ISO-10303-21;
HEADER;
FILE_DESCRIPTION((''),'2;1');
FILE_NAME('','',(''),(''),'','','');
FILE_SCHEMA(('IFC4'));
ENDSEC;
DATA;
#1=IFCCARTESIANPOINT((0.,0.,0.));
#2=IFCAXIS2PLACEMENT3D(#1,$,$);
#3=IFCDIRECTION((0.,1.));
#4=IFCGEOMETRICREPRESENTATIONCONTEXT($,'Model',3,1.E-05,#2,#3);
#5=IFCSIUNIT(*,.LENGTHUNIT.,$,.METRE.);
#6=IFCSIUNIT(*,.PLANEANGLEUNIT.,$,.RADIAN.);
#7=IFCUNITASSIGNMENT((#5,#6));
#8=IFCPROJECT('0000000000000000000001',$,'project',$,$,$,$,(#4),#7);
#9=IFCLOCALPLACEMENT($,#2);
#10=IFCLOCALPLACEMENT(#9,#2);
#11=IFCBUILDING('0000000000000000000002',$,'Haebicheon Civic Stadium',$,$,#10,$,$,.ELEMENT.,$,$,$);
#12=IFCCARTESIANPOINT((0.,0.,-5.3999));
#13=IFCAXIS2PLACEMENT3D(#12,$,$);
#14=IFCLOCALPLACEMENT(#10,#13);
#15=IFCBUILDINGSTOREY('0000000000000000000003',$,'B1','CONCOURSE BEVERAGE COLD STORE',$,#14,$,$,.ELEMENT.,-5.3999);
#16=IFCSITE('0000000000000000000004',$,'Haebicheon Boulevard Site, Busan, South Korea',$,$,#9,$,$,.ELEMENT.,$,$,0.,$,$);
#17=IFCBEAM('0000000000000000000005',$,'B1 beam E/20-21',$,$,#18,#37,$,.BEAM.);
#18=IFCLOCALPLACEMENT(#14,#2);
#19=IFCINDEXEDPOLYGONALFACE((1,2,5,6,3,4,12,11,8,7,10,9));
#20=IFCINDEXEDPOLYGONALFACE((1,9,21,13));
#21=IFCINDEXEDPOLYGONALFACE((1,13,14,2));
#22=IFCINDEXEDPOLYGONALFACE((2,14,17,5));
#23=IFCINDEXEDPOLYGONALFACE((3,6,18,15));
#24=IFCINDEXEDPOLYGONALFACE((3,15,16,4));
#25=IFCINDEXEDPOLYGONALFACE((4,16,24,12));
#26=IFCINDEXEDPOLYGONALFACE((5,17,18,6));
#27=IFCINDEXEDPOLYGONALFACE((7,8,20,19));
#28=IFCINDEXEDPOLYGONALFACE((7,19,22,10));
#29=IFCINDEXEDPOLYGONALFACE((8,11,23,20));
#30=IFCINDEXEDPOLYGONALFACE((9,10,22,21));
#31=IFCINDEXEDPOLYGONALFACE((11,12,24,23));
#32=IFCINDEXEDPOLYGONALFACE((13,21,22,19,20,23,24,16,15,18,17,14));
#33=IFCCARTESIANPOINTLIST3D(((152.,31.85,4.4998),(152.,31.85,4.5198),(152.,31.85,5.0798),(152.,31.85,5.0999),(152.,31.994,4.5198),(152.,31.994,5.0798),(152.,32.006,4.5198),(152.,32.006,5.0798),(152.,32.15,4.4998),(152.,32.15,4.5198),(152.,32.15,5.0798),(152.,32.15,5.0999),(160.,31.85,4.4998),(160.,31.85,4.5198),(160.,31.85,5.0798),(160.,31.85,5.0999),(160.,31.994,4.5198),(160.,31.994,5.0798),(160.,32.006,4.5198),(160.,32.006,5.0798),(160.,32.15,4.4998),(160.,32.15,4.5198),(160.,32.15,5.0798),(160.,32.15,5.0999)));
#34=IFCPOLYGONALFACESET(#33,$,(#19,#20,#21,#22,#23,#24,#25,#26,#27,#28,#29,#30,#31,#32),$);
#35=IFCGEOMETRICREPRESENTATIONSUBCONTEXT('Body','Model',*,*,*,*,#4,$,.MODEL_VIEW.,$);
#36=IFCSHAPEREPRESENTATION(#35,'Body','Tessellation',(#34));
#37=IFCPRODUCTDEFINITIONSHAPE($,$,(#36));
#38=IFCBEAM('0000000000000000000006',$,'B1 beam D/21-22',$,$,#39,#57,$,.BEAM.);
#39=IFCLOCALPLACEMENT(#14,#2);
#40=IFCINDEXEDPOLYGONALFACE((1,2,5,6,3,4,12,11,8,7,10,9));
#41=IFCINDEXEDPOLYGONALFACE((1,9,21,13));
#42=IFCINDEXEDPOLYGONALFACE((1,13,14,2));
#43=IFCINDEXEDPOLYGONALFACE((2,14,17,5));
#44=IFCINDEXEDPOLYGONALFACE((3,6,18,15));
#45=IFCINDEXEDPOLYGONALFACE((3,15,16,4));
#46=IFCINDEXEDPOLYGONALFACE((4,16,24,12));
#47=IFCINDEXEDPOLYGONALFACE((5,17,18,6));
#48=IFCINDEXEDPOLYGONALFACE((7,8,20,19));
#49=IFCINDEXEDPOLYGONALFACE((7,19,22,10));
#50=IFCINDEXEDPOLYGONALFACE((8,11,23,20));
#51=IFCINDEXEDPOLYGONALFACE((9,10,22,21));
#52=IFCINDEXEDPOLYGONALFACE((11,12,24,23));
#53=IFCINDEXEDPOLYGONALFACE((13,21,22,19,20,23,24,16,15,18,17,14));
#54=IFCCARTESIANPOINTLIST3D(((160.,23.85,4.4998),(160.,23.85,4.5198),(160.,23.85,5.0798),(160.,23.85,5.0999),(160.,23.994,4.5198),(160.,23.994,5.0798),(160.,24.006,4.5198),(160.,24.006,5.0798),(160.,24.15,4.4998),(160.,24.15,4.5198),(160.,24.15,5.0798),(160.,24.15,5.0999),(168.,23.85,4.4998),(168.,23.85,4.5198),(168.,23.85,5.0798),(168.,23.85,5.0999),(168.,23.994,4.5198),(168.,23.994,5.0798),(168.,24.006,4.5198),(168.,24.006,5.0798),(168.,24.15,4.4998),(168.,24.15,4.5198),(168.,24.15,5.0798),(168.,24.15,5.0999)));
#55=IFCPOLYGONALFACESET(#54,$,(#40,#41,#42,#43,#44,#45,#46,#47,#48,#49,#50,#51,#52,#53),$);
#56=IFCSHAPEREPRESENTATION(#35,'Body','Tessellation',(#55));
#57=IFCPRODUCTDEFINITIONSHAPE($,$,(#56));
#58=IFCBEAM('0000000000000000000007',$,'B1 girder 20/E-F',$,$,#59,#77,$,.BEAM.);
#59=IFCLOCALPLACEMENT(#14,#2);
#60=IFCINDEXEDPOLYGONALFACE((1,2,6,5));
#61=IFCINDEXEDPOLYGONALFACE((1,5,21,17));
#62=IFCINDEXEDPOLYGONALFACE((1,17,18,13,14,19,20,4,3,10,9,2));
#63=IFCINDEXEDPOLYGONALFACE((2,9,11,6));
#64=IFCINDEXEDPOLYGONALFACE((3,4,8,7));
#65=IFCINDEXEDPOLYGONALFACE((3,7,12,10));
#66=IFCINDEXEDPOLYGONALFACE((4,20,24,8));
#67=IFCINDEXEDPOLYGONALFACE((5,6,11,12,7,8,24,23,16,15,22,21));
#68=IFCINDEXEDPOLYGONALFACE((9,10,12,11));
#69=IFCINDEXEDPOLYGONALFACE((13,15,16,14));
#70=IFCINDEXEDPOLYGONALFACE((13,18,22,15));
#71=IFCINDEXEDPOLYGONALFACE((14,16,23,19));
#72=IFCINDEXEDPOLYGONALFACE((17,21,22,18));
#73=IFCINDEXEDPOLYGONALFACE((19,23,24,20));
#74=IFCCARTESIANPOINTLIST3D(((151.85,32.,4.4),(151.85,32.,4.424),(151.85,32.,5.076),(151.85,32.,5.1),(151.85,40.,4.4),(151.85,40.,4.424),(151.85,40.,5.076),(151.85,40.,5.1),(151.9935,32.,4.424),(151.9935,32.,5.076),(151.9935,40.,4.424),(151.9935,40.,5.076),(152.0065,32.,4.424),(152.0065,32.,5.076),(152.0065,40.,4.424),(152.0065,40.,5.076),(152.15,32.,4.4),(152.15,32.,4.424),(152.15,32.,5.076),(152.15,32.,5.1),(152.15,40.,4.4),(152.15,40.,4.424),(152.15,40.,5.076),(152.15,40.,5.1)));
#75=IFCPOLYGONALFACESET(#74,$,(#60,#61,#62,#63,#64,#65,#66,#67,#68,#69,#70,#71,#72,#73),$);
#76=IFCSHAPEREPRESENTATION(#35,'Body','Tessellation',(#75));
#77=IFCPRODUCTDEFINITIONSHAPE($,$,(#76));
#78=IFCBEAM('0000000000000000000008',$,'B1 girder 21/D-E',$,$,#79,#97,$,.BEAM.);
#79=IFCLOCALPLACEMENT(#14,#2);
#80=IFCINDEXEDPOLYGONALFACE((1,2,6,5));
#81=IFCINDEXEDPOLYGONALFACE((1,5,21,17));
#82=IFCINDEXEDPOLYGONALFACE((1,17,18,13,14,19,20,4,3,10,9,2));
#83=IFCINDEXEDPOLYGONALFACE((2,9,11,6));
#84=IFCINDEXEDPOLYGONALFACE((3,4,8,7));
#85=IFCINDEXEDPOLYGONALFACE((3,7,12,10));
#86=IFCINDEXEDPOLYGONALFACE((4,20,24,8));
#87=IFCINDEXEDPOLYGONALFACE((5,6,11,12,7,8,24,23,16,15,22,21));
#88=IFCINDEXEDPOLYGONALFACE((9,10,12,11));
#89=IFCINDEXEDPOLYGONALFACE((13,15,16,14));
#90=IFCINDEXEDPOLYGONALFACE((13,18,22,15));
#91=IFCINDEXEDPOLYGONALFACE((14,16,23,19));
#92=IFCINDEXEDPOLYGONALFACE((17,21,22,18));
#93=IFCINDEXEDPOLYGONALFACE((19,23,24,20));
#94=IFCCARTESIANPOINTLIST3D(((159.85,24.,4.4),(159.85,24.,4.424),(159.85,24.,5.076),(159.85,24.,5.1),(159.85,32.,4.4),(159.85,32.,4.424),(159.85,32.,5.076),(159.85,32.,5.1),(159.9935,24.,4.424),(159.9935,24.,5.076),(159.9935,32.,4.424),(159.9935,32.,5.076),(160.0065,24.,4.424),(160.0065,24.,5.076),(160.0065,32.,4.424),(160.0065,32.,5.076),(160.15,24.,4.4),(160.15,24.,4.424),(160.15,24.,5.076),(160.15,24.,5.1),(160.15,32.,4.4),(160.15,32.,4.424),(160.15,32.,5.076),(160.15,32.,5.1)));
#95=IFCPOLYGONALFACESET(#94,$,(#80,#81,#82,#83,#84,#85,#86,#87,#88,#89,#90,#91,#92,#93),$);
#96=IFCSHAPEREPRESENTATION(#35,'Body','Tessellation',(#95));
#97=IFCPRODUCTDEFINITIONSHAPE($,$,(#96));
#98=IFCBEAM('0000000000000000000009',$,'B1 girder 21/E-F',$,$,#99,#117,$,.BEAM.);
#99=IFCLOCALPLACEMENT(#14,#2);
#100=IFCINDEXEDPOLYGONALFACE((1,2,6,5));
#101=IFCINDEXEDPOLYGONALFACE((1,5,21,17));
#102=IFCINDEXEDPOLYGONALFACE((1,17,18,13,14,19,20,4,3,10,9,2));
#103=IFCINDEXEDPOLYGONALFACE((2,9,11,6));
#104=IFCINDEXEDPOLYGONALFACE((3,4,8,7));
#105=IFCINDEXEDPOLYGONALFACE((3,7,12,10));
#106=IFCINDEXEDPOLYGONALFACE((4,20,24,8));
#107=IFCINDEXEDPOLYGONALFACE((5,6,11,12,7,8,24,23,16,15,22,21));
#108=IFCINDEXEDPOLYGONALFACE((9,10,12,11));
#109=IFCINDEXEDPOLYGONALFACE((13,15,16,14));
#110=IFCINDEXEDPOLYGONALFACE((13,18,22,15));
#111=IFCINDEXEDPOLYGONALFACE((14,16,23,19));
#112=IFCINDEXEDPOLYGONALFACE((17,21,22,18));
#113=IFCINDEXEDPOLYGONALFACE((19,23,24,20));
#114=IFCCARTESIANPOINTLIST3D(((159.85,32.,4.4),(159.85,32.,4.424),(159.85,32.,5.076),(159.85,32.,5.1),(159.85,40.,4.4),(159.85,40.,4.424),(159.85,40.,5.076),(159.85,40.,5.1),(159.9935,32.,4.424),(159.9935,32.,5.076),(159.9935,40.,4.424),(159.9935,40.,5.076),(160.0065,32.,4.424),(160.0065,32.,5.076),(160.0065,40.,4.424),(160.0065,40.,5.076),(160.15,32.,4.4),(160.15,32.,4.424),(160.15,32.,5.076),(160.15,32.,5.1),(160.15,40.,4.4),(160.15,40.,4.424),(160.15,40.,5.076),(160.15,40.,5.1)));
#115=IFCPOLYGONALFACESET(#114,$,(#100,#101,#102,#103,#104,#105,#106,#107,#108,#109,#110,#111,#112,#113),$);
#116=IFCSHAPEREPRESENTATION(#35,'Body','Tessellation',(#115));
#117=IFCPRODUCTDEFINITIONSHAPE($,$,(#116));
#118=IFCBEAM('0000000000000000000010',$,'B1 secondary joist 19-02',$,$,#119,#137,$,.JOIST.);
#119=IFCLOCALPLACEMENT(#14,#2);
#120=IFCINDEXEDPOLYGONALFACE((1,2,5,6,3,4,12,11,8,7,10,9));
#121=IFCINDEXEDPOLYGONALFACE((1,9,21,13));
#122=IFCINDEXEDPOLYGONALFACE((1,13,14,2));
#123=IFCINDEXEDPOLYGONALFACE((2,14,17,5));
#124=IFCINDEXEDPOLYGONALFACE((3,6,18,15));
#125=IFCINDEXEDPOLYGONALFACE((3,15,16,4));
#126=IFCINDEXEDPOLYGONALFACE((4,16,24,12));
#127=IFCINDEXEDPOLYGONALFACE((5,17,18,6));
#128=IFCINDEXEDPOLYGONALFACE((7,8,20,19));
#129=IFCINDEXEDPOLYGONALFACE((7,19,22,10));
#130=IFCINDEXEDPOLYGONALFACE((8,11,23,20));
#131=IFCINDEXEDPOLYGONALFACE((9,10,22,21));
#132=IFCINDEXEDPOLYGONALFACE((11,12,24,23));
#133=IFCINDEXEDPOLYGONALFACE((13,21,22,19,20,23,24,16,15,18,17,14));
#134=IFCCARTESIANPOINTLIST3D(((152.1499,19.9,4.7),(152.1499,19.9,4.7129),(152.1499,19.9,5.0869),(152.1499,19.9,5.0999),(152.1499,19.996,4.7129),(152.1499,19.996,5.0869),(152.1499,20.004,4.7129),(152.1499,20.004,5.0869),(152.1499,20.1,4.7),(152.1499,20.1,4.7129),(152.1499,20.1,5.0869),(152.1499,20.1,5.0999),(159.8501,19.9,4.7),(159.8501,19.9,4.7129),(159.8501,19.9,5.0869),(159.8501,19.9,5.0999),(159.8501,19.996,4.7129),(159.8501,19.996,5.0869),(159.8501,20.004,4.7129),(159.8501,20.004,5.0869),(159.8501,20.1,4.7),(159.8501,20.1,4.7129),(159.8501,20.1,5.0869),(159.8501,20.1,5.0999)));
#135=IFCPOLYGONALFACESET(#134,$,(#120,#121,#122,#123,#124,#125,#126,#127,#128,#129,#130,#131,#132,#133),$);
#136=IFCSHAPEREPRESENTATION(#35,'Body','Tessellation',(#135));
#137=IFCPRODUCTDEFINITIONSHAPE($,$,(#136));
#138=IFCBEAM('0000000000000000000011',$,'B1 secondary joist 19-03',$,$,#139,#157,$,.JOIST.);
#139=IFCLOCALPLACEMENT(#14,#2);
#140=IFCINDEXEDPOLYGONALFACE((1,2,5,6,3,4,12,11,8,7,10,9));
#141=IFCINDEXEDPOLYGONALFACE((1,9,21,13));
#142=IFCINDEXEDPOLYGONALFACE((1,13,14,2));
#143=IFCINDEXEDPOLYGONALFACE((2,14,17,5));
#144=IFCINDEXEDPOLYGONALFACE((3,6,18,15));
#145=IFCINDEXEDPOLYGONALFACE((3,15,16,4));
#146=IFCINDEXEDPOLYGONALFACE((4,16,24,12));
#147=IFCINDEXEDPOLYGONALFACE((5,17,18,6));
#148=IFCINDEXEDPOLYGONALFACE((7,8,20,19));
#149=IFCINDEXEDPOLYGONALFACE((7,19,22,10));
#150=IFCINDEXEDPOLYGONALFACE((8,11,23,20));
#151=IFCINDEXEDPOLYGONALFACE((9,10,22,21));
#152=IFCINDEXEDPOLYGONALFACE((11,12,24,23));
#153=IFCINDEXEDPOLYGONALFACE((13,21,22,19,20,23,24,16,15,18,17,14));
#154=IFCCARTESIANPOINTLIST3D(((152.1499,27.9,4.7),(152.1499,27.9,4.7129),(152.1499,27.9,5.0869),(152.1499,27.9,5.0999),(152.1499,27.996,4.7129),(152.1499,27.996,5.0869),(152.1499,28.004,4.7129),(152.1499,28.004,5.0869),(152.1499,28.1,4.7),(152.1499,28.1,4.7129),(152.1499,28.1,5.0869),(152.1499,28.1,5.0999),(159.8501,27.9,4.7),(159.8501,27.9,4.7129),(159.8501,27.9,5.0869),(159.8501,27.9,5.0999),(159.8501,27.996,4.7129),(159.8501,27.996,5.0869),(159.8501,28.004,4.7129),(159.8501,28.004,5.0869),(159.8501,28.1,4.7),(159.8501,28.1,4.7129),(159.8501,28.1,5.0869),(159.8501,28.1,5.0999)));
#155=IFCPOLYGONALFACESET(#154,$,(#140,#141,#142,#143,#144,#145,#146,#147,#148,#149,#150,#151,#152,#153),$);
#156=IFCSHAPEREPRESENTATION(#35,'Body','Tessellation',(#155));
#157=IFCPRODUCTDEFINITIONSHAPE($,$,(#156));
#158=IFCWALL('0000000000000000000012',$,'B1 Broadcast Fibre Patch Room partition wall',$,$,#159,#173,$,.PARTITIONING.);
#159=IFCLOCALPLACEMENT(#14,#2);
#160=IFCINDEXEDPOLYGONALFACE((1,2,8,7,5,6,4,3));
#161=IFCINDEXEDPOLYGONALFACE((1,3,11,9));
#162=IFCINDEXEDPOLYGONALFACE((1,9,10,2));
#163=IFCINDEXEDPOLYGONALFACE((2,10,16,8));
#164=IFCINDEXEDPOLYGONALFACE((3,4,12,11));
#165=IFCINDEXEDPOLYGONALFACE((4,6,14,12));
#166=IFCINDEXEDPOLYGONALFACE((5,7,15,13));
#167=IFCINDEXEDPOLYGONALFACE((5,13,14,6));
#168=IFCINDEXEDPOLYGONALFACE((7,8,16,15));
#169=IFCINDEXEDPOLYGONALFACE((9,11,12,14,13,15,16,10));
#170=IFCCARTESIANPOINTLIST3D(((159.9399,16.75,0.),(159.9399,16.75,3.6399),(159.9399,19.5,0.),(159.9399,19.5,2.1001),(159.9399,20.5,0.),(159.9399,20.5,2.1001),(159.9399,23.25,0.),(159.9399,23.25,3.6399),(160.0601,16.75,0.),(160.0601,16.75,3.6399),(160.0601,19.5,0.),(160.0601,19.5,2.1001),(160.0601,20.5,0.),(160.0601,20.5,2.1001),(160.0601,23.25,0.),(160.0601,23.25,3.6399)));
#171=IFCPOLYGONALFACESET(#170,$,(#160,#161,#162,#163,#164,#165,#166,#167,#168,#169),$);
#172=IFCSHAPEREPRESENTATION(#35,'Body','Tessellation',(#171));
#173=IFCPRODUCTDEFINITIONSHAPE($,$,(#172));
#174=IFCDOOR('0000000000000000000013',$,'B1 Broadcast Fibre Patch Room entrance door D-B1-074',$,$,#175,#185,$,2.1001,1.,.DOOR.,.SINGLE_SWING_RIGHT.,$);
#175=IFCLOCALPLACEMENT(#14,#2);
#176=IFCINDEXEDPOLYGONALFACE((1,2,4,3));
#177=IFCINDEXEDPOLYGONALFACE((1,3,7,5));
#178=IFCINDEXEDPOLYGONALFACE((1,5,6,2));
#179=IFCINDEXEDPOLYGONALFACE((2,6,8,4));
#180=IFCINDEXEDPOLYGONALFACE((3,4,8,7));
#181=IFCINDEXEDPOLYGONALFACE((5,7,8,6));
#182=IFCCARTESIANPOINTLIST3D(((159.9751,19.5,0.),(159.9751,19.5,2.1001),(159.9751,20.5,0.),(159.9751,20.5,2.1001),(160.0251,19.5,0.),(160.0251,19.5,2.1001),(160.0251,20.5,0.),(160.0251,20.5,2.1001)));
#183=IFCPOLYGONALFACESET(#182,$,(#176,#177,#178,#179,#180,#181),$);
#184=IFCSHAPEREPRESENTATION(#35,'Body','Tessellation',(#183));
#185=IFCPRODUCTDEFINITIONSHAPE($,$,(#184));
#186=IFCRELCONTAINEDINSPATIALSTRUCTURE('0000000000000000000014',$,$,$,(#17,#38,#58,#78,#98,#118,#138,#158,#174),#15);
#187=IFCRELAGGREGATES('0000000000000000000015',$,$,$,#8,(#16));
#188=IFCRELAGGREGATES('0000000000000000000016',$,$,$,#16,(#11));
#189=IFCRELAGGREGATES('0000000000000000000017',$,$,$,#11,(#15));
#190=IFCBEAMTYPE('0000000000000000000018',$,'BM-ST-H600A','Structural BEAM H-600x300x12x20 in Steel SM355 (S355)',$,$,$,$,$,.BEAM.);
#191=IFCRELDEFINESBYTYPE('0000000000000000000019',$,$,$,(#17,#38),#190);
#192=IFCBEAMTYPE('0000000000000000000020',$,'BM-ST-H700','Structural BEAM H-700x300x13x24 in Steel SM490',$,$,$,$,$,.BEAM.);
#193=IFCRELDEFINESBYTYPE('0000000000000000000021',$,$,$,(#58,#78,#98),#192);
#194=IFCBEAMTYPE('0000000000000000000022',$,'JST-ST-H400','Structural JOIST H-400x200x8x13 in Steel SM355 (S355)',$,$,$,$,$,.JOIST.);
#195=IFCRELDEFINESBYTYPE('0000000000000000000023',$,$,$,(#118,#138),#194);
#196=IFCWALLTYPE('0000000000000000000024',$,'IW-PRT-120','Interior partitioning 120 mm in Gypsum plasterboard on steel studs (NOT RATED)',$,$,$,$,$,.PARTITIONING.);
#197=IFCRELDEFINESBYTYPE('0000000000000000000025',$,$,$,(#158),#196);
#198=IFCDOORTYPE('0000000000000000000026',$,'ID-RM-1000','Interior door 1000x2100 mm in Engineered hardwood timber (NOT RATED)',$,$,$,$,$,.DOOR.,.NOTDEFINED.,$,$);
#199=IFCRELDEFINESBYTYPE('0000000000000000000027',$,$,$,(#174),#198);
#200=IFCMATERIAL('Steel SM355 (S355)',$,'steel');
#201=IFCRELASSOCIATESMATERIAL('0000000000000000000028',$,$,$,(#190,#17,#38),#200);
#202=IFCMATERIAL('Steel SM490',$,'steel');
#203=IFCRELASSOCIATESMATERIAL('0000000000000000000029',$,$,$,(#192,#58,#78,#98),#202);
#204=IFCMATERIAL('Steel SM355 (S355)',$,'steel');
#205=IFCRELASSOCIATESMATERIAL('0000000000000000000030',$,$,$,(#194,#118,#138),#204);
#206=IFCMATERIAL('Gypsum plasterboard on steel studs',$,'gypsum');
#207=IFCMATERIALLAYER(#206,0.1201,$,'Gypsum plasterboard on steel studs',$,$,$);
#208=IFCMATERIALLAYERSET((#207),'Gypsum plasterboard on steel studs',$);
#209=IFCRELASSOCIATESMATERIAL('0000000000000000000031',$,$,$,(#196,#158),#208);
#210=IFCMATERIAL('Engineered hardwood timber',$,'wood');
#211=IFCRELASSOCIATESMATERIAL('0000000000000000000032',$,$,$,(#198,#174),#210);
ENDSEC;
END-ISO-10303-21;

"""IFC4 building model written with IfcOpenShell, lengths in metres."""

from ifc_helpers import new_model, si_unit, direction, frame, frame_2d, origin, origin_2d, place, context, subcontext, project, spatial, rectangle, i_section, extrude, material, layer, layer_set, material_profile, profile_set, type_object, element, fill, save


model = new_model("IFC4")

# Units and contexts
model_context = context("Model", 3, precision=1e-05, world=origin(), true_north=direction((0.0, 1.0)))
body_context = subcontext(model_context, "Body", "Model", "MODEL_VIEW")
ifc_project = project(units=[si_unit("LENGTHUNIT", "METRE"), si_unit("PLANEANGLEUNIT", "RADIAN")], contexts=[model_context])

# Site, building, storey
site_placement = place(None, origin())
site = spatial("IfcSite", under=ifc_project, at=site_placement, Name="Haebicheon Boulevard Site, Busan, South Korea", CompositionType="ELEMENT", RefElevation=0.0)
building_placement = place(site_placement, origin())
building = spatial("IfcBuilding", under=site, at=building_placement, Name="Haebicheon Civic Stadium", CompositionType="ELEMENT")
storey_placement = place(building_placement, frame((0.0, 0.0, -5.3999)))
storey = spatial("IfcBuildingStorey", under=building, at=storey_placement, Name="B1", Description="CONCOURSE BEVERAGE COLD STORE", CompositionType="ELEMENT", Elevation=-5.3999)

# Beams
ifc_material_1 = material(Name="Steel SM355 (S355)", Category="steel")
ifc_material_profile_1 = material_profile(ifc_material_1, i_section(OverallWidth=0.3, OverallDepth=0.6001, WebThickness=0.012, FlangeThickness=0.02, at=origin_2d()), Name="H-600x300x12x20")
ifc_profile_set_1 = profile_set([ifc_material_profile_1], Name="Steel SM355 (S355)")
beam_type_1 = type_object("IfcBeamType", Name="BM-ST-H600A", Description="Structural BEAM H-600x300x12x20 in Steel SM355 (S355)", PredefinedType="BEAM", material=ifc_profile_set_1)
for number, where, z_axis, x_axis, name in (
    (1, (152.0, 32.0, 4.7998), (1.0, 0.0, 0.0), (0.0, 1.0, 0.0), "B1 beam E/20-21"),
    (2, (160.0, 24.0, 4.7998), (1.0, 0.0, 0.0), (0.0, 1.0, 0.0), "B1 beam D/21-22"),
):
    element("IfcBeam", number, at=place(storey_placement, frame(where, z_axis=z_axis, x_axis=x_axis)), inside=storey, type_object=beam_type_1, material=ifc_profile_set_1, Name=name, PredefinedType="BEAM", context=body_context, shape_type="SweptSolid", body=[
        extrude(i_section(OverallWidth=0.3, OverallDepth=0.6001, WebThickness=0.012, FlangeThickness=0.02, at=origin_2d()), origin(), (0.0, 0.0, 1.0), 8.0),
    ])
ifc_material_2 = material(Name="Steel SM490", Category="steel")
ifc_material_profile_2 = material_profile(ifc_material_2, i_section(OverallWidth=0.3, OverallDepth=0.7, WebThickness=0.0129, FlangeThickness=0.0239, at=origin_2d()), Name="H-700x300x13x24")
ifc_profile_set_2 = profile_set([ifc_material_profile_2], Name="Steel SM490")
beam_type_2 = type_object("IfcBeamType", Name="BM-ST-H700", Description="Structural BEAM H-700x300x13x24 in Steel SM490", PredefinedType="BEAM", material=ifc_profile_set_2)
for number, where, z_axis, x_axis, name in (
    (3, (152.0, 32.0, 4.75), (0.0, 1.0, 0.0), (-1.0, 0.0, 0.0), "B1 girder 20/E-F"),
    (4, (160.0, 24.0, 4.75), (0.0, 1.0, 0.0), (-1.0, 0.0, 0.0), "B1 girder 21/D-E"),
    (5, (160.0, 32.0, 4.75), (0.0, 1.0, 0.0), (-1.0, 0.0, 0.0), "B1 girder 21/E-F"),
):
    element("IfcBeam", number, at=place(storey_placement, frame(where, z_axis=z_axis, x_axis=x_axis)), inside=storey, type_object=beam_type_2, material=ifc_profile_set_2, Name=name, PredefinedType="BEAM", context=body_context, shape_type="SweptSolid", body=[
        extrude(i_section(OverallWidth=0.3, OverallDepth=0.7, WebThickness=0.0129, FlangeThickness=0.0239, at=origin_2d()), origin(), (0.0, 0.0, 1.0), 8.0),
    ])
ifc_material_3 = material(Name="Steel SM355 (S355)", Category="steel")
ifc_material_profile_3 = material_profile(ifc_material_3, i_section(OverallWidth=0.2, OverallDepth=0.3999, WebThickness=0.0081, FlangeThickness=0.0129, at=origin_2d()), Name="H-400x200x8x13")
ifc_profile_set_3 = profile_set([ifc_material_profile_3], Name="Steel SM355 (S355)")
beam_type_3 = type_object("IfcBeamType", Name="JST-ST-H400", Description="Structural JOIST H-400x200x8x13 in Steel SM355 (S355)", PredefinedType="JOIST", material=ifc_profile_set_3)
for number, where, z_axis, x_axis, name in (
    (6, (152.1499, 20.0, 4.8999), (1.0, 0.0, 0.0), (0.0, 1.0, 0.0), "B1 secondary joist 19-02"),
    (7, (152.1499, 28.0, 4.8999), (1.0, 0.0, 0.0), (0.0, 1.0, 0.0), "B1 secondary joist 19-03"),
):
    element("IfcBeam", number, at=place(storey_placement, frame(where, z_axis=z_axis, x_axis=x_axis)), inside=storey, type_object=beam_type_3, material=ifc_profile_set_3, Name=name, PredefinedType="JOIST", context=body_context, shape_type="SweptSolid", body=[
        extrude(i_section(OverallWidth=0.2, OverallDepth=0.3999, WebThickness=0.0081, FlangeThickness=0.0129, at=origin_2d()), origin(), (0.0, 0.0, 1.0), 7.7002),
    ])

# Wall, opening, door
ifc_material_4 = material(Name="Gypsum plasterboard on steel studs", Category="gypsum")
ifc_layer_1 = layer(ifc_material_4, 0.1201, Name="Gypsum plasterboard on steel studs")
ifc_layer_set_1 = layer_set([ifc_layer_1], Name="Gypsum plasterboard on steel studs")
wall_type = type_object("IfcWallType", Name="IW-PRT-120", Description="Interior partitioning 120 mm in Gypsum plasterboard on steel studs (NOT RATED)", PredefinedType="PARTITIONING", material=ifc_layer_set_1)
wall_placement = place(storey_placement, frame((160.0, 16.75, 0.0), z_axis=(0.0, 0.0, 1.0), x_axis=(0.0, 1.0, 0.0)))
wall = element("IfcWall", 8, at=wall_placement, inside=storey, type_object=wall_type, material=ifc_layer_set_1, Name="B1 Broadcast Fibre Patch Room partition wall", PredefinedType="PARTITIONING", context=body_context, shape_type="SweptSolid", body=[
    extrude(rectangle(XDim=6.5, YDim=0.1201, at=frame_2d((3.25, 0.0))), origin(), (0.0, 0.0, 1.0), 3.6399),
])
opening_placement = place(wall_placement, frame((2.75, 0.0, 0.0)))
opening = element("IfcOpeningElement", 9, at=opening_placement, cuts=wall, PredefinedType="OPENING", context=body_context, shape_type="SweptSolid", body=[
    extrude(rectangle(XDim=1.0, YDim=2.1001, at=frame_2d((0.5, 1.05))), frame((0.0, 0.0701, 0.0), z_axis=(0.0, -1.0, 0.0), x_axis=(1.0, 0.0, 0.0)), (0.0, 0.0, 1.0), 0.1401),
])
ifc_material_5 = material(Name="Engineered hardwood timber", Category="wood")
door_type = type_object("IfcDoorType", Name="ID-RM-1000", Description="Interior door 1000x2100 mm in Engineered hardwood timber (NOT RATED)", OperationType="NOTDEFINED", PredefinedType="DOOR", material=ifc_material_5)
door_placement = place(opening_placement, origin())
door = element("IfcDoor", 10, at=door_placement, inside=storey, type_object=door_type, material=ifc_material_5, Name="B1 Broadcast Fibre Patch Room entrance door D-B1-074", OperationType="SINGLE_SWING_RIGHT", OverallHeight=2.1001, OverallWidth=1.0, PredefinedType="DOOR", context=body_context, shape_type="SweptSolid", body=[
    extrude(rectangle(XDim=1.0, YDim=2.1001, at=frame_2d((0.5, 1.05))), frame((0.0, 0.0249, 0.0), z_axis=(0.0, -1.0, 0.0), x_axis=(1.0, 0.0, 0.0)), (0.0, 0.0, 1.0), 0.05),
])
fill(opening, door)

save(model, "model.ifc")
